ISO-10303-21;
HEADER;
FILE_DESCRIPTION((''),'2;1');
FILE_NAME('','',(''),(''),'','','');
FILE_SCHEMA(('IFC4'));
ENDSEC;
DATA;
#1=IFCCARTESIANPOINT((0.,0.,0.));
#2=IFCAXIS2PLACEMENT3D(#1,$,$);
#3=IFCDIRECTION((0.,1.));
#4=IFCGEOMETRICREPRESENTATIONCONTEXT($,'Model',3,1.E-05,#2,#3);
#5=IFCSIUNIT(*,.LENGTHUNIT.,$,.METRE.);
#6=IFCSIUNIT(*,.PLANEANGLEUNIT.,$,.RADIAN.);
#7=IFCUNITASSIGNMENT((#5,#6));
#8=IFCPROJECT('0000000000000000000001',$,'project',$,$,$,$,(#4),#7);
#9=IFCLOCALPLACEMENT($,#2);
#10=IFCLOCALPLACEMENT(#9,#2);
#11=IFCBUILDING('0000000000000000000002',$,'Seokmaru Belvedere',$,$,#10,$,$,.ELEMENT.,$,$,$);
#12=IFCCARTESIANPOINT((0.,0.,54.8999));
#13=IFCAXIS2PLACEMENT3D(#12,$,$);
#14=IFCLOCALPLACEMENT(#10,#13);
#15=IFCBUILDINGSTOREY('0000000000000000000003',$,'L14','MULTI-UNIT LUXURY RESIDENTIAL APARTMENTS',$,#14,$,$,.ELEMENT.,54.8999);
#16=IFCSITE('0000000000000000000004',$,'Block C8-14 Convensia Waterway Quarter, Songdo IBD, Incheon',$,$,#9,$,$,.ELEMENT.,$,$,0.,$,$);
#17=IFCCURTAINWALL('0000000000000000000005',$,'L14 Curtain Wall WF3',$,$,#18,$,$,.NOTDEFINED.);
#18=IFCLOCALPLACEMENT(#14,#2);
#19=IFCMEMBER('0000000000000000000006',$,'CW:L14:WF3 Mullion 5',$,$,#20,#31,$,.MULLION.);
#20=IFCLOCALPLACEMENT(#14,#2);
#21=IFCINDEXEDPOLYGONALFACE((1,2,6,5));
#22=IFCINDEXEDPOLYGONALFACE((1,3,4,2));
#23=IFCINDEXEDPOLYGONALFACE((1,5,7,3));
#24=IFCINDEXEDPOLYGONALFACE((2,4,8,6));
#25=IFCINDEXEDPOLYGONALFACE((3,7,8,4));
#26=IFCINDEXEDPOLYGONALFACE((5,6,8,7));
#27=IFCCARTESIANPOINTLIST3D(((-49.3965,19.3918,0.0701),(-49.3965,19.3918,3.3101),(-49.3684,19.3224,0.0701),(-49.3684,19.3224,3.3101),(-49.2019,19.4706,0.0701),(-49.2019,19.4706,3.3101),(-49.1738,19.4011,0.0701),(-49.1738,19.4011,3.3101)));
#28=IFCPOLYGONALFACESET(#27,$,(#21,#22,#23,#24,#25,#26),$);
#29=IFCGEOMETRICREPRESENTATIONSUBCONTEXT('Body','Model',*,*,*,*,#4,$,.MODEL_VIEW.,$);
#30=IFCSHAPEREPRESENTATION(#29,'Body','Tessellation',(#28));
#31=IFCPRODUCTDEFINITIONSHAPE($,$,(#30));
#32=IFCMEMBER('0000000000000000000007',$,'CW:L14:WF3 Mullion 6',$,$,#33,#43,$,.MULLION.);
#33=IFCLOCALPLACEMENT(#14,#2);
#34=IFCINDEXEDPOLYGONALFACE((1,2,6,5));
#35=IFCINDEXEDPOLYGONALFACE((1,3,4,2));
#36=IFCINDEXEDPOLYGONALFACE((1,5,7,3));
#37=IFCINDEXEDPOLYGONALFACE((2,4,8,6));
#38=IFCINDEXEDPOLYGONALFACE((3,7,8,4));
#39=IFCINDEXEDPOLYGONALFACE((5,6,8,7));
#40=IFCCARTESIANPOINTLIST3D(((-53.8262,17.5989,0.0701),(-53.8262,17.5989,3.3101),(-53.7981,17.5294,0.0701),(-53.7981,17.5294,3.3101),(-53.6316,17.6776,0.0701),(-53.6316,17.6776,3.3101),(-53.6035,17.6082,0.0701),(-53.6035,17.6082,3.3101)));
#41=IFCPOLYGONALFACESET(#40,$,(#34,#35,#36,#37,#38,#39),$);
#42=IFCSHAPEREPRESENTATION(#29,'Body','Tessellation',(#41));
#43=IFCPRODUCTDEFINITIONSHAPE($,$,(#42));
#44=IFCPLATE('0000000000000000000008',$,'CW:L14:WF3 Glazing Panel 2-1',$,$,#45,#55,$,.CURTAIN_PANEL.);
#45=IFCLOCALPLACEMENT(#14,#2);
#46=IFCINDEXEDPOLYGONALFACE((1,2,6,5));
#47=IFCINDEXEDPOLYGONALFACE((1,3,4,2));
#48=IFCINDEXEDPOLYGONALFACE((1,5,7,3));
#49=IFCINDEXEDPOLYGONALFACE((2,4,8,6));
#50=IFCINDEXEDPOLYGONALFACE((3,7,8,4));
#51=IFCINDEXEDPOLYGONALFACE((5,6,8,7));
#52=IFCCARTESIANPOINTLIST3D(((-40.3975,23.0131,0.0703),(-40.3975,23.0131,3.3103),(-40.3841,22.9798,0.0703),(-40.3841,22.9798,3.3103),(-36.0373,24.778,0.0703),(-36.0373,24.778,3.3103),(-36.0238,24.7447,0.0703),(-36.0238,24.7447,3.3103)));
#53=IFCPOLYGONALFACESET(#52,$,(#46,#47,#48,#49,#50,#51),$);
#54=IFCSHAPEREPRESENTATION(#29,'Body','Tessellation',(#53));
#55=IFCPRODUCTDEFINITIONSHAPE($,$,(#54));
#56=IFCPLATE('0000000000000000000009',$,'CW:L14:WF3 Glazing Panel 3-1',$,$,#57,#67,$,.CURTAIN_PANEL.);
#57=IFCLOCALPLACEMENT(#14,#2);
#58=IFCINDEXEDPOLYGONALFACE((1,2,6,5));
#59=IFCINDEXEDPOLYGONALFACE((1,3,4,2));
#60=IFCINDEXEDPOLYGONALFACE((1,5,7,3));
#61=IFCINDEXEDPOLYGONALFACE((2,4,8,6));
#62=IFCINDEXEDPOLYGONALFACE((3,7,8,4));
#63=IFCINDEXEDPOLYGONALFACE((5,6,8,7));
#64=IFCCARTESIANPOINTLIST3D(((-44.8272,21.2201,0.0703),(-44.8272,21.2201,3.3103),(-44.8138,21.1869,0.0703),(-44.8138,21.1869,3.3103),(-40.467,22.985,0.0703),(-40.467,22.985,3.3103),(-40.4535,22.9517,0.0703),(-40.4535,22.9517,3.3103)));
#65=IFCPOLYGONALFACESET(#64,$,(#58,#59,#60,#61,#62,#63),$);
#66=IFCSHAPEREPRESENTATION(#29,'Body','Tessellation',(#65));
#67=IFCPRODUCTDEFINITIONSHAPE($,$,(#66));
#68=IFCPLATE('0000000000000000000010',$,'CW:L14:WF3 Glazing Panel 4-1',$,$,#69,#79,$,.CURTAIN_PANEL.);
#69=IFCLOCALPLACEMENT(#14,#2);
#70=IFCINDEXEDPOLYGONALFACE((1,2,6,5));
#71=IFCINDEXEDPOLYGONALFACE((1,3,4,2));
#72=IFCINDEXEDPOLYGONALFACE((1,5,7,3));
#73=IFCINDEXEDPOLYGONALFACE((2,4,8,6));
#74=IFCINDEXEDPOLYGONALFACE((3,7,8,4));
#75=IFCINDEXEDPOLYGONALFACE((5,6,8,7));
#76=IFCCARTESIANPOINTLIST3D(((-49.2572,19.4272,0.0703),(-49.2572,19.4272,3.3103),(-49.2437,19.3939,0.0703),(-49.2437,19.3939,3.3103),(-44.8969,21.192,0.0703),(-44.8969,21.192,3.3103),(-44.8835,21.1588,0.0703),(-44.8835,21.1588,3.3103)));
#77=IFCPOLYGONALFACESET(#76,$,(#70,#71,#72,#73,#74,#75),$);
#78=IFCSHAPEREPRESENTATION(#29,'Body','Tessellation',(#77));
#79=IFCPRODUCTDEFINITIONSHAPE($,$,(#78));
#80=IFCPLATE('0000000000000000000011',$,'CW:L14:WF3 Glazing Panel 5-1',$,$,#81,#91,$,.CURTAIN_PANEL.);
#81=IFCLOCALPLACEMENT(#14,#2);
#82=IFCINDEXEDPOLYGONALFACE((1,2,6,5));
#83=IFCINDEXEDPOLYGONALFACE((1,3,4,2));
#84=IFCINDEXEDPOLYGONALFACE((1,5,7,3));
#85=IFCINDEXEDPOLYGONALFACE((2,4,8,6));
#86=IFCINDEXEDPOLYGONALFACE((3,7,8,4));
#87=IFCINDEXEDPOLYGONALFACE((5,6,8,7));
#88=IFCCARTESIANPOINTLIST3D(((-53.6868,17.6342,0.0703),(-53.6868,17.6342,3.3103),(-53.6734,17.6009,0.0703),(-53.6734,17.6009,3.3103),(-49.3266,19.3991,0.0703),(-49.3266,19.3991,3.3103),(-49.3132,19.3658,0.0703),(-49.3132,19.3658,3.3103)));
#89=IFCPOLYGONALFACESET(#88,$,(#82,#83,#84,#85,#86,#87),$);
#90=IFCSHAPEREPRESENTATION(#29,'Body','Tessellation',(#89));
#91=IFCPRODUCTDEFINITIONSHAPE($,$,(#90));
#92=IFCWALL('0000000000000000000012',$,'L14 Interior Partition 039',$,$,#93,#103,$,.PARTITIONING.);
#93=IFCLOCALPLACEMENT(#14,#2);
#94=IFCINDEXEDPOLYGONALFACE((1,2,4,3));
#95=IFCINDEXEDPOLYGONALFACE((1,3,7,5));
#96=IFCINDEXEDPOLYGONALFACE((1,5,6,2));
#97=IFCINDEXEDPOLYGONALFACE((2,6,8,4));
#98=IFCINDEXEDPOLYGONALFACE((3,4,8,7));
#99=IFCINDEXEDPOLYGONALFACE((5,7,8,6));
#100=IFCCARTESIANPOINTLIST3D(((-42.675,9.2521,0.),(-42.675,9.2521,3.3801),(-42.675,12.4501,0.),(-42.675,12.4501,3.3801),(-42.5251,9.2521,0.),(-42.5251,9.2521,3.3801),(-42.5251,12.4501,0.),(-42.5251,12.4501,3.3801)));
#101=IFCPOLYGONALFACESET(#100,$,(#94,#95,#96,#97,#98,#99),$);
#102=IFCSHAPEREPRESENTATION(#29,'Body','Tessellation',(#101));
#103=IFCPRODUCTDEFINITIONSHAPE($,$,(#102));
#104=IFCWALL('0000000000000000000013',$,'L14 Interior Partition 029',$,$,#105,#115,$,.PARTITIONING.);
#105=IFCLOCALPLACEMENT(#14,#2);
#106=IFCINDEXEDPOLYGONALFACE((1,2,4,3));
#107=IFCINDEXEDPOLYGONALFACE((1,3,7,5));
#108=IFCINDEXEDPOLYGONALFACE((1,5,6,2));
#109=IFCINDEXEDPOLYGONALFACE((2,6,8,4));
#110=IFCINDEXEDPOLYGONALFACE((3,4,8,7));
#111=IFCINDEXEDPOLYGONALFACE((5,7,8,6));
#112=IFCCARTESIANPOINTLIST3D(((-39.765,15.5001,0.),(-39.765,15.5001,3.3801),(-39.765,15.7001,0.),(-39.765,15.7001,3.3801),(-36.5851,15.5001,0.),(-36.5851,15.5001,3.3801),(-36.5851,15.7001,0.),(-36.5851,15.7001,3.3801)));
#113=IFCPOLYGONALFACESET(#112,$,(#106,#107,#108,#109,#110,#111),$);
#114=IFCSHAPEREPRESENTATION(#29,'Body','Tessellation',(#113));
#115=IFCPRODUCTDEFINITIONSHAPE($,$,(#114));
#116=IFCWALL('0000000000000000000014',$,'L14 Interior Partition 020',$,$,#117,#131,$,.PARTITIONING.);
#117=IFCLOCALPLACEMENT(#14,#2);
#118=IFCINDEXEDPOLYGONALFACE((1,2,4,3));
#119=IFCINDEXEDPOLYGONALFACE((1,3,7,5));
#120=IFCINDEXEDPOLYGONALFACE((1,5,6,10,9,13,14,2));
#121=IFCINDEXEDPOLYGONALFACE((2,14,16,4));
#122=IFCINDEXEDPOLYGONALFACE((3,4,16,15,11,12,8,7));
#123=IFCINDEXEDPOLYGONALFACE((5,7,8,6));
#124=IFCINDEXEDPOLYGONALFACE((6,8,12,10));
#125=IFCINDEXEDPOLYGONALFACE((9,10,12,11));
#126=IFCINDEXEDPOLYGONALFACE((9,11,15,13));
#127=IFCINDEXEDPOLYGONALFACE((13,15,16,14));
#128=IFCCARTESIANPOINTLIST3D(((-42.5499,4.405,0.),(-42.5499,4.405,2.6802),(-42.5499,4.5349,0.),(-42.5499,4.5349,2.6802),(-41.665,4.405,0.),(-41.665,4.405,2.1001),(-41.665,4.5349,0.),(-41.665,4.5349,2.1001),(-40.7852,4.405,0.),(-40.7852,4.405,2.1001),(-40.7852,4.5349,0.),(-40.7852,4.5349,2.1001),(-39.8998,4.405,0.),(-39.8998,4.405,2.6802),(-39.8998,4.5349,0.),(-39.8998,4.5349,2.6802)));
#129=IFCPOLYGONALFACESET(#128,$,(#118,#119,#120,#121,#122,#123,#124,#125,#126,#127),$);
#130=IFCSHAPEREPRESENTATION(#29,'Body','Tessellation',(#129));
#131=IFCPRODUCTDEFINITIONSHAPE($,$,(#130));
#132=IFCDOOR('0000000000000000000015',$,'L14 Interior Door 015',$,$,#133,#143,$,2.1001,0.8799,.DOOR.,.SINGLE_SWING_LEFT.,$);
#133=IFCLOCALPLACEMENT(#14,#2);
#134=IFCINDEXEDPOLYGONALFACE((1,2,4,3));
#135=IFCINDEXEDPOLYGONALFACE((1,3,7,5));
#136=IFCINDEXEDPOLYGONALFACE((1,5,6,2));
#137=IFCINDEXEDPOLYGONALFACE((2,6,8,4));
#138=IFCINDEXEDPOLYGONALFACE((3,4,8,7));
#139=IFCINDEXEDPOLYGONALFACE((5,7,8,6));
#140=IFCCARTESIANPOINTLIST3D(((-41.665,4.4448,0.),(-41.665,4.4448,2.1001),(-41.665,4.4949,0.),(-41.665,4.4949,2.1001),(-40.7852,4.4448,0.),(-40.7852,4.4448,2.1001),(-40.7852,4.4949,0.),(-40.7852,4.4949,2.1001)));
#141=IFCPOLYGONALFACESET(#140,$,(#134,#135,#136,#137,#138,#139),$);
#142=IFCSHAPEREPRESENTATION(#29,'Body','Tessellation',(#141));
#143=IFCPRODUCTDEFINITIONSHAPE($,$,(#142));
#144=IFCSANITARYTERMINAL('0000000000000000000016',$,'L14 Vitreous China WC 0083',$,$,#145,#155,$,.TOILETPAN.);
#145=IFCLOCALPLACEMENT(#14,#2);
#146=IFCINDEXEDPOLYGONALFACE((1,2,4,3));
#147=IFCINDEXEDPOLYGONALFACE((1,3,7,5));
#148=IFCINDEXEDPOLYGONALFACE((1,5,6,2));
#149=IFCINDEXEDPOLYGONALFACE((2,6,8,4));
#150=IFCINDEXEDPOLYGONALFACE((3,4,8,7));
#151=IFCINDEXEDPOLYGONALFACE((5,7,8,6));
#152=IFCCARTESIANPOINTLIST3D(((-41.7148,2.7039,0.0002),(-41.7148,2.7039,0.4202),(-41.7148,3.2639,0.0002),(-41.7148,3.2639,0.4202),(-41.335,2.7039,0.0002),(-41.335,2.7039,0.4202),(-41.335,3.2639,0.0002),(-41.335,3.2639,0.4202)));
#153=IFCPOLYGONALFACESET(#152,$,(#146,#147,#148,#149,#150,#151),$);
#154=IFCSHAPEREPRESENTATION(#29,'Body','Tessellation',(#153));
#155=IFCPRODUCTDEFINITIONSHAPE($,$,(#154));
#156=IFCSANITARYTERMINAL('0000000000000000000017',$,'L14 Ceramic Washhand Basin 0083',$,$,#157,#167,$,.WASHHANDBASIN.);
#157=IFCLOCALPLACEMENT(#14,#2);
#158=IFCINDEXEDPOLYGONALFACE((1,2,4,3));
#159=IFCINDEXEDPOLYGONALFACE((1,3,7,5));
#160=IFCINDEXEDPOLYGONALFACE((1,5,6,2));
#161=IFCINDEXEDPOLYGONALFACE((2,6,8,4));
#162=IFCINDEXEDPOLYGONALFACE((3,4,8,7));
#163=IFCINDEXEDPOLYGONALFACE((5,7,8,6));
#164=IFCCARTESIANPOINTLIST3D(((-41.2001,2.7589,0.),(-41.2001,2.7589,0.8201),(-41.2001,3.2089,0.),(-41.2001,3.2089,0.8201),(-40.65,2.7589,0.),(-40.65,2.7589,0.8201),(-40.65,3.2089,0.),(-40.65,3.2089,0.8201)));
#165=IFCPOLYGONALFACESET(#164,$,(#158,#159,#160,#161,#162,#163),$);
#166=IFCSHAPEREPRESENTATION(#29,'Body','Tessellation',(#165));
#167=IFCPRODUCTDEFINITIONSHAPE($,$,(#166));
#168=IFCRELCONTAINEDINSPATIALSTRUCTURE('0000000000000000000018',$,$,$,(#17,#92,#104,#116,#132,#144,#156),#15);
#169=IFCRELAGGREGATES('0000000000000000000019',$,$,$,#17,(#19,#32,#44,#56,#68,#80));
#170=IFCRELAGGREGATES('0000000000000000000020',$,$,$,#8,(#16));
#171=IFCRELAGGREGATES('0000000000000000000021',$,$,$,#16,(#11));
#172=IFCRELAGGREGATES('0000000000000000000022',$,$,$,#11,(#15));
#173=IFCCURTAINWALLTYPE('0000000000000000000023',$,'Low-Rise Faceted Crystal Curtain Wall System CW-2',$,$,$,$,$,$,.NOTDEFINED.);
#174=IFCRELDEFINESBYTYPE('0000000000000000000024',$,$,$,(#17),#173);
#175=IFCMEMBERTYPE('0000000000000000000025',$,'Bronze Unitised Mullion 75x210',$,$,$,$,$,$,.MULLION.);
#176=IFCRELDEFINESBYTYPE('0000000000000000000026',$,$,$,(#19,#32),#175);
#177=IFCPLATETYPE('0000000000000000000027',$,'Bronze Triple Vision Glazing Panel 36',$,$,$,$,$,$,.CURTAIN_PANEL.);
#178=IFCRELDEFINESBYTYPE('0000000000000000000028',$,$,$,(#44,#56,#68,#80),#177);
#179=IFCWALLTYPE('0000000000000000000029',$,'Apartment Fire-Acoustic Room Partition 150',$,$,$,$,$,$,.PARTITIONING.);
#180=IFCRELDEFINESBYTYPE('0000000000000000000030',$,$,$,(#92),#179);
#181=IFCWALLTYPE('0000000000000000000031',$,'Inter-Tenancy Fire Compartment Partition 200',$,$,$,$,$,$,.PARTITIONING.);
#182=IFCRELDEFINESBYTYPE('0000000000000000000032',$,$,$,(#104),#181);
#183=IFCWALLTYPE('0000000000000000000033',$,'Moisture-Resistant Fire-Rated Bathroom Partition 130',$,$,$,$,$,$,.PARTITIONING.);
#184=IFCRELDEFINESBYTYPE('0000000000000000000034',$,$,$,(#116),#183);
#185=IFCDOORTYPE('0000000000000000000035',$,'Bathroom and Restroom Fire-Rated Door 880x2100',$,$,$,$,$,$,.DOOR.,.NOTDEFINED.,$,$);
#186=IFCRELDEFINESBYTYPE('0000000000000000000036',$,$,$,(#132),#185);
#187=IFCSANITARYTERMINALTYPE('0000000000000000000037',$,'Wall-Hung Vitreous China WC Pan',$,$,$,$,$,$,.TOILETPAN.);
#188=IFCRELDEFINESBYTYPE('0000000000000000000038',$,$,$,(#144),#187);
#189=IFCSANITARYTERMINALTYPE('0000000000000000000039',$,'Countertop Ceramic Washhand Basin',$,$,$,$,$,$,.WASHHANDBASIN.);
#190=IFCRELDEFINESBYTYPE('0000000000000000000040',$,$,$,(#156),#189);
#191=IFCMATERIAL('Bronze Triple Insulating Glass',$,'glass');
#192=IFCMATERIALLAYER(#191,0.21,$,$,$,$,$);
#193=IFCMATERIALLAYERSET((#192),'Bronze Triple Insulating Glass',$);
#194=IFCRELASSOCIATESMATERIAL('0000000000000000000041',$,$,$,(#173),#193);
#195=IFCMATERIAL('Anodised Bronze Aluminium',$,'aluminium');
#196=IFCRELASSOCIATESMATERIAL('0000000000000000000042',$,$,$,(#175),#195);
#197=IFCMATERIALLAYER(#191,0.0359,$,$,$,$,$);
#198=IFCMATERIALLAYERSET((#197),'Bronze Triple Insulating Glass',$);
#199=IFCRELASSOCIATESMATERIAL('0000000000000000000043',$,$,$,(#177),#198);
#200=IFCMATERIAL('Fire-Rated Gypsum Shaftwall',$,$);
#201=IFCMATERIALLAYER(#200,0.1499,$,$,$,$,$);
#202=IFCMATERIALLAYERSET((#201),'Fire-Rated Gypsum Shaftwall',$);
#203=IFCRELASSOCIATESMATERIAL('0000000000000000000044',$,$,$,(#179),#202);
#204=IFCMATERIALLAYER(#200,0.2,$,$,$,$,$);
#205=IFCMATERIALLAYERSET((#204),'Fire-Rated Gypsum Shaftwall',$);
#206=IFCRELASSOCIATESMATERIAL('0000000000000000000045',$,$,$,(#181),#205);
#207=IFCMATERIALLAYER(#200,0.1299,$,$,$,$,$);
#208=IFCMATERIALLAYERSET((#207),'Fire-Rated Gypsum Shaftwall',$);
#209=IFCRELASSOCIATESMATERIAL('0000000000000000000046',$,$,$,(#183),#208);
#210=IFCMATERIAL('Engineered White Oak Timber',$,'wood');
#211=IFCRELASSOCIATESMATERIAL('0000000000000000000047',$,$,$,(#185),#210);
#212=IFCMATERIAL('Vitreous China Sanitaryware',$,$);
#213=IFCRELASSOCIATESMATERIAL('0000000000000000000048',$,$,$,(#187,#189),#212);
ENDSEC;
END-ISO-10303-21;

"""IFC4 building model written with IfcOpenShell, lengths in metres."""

from ifc_helpers import new_model, si_unit, direction, frame, frame_2d, origin, origin_2d, place, context, subcontext, project, spatial, rectangle, extrude, source, transform, mapped, material, layer, layer_set, material_profile, profile_set, type_object, type_shapes, element, fill, aggregate, save


model = new_model("IFC4")

# Units and contexts
model_context = context("Model", 3, precision=1e-05, world=origin(), true_north=direction((0.0, 1.0)))
body_context = subcontext(model_context, "Body", "Model", "MODEL_VIEW")
ifc_project = project(units=[si_unit("LENGTHUNIT", "METRE"), si_unit("PLANEANGLEUNIT", "RADIAN")], contexts=[model_context])

# Site, building, storey
site_placement = place(None, origin())
site = spatial("IfcSite", under=ifc_project, at=site_placement, Name="Block C8-14 Convensia Waterway Quarter, Songdo IBD, Incheon", CompositionType="ELEMENT", RefElevation=0.0)
building_placement = place(site_placement, origin())
building = spatial("IfcBuilding", under=site, at=building_placement, Name="Seokmaru Belvedere", CompositionType="ELEMENT")
storey_placement = place(building_placement, frame((0.0, 0.0, 54.8999)))
storey = spatial("IfcBuildingStorey", under=building, at=storey_placement, Name="L14", Description="MULTI-UNIT LUXURY RESIDENTIAL APARTMENTS", CompositionType="ELEMENT", Elevation=54.8999)

# Curtain wall, members, plates
ifc_material_1 = material(Name="Bronze Triple Insulating Glass", Category="glass")
ifc_layer_1 = layer(ifc_material_1, 0.21)
ifc_layer_set_1 = layer_set([ifc_layer_1], Name="Bronze Triple Insulating Glass")
curtain_wall_type = type_object("IfcCurtainWallType", Name="Low-Rise Faceted Crystal Curtain Wall System CW-2", PredefinedType="NOTDEFINED", material=ifc_layer_set_1)
curtain_wall_placement = place(storey_placement, origin())
curtain_wall = element("IfcCurtainWall", 1, at=curtain_wall_placement, inside=storey, type_object=curtain_wall_type, Name="L14 Curtain Wall WF3", PredefinedType="NOTDEFINED")
ifc_material_2 = material(Name="Anodised Bronze Aluminium", Category="aluminium")
ifc_material_profile_1 = material_profile(ifc_material_2, rectangle(XDim=0.075, YDim=0.21, at=origin_2d()), Name="CW-M-75x210")
ifc_profile_set_1 = profile_set([ifc_material_profile_1], Name="Anodised Bronze Aluminium")
member_type = type_object("IfcMemberType", Name="Bronze Unitised Mullion 75x210", PredefinedType="MULLION", material=ifc_profile_set_1)
shared_shape_1 = source(origin(), body_context, "Body", "SweptSolid", [
    extrude(rectangle(XDim=0.075, YDim=0.21, at=origin_2d()), origin(), (0.0, 0.0, 1.0), 3.24),
])
type_shapes(member_type, [shared_shape_1])
member_1_placement = place(storey_placement, frame((-49.2852, 19.3965, 0.0701), z_axis=(0.0, 0.0, 1.0), x_axis=(0.375192, -0.926947, 0.0)))
member_1 = element("IfcMember", 2, at=member_1_placement, type_object=member_type, Name="CW:L14:WF3 Mullion 5", PredefinedType="MULLION", context=body_context, shape_type="MappedRepresentation", body=[
    mapped(shared_shape_1, transform((0.0, 0.0, 0.0), scale=1.0)),
])
member_2_placement = place(storey_placement, frame((-53.7148, 17.6035, 0.0701), z_axis=(0.0, 0.0, 1.0), x_axis=(0.375192, -0.926947, 0.0)))
member_2 = element("IfcMember", 3, at=member_2_placement, type_object=member_type, Name="CW:L14:WF3 Mullion 6", PredefinedType="MULLION", context=body_context, shape_type="MappedRepresentation", body=[
    mapped(shared_shape_1, transform((0.0, 0.0, 0.0), scale=1.0)),
])
ifc_layer_2 = layer(ifc_material_1, 0.0359)
ifc_layer_set_2 = layer_set([ifc_layer_2], Name="Bronze Triple Insulating Glass")
plate_type = type_object("IfcPlateType", Name="Bronze Triple Vision Glazing Panel 36", PredefinedType="CURTAIN_PANEL", material=ifc_layer_set_2)
shared_shape_2 = source(origin(), body_context, "Body", "SweptSolid", [
    extrude(rectangle(XDim=4.7039, YDim=0.0359, at=origin_2d()), origin(), (0.0, 0.0, 1.0), 3.24),
])
type_shapes(plate_type, [shared_shape_2])
plate_1_placement = place(storey_placement, frame((-38.2107, 23.8789, 0.0703), z_axis=(0.0, 0.0, 1.0), x_axis=(-0.926947, -0.375192, 0.0)))
plate_1 = element("IfcPlate", 4, at=plate_1_placement, type_object=plate_type, Name="CW:L14:WF3 Glazing Panel 2-1", PredefinedType="CURTAIN_PANEL", context=body_context, shape_type="MappedRepresentation", body=[
    mapped(shared_shape_2, transform((0.0, 0.0, 0.0), scale=1.0)),
])
plate_2_placement = place(storey_placement, frame((-42.6404, 22.0859, 0.0703), z_axis=(0.0, 0.0, 1.0), x_axis=(-0.926947, -0.375192, 0.0)))
plate_2 = element("IfcPlate", 5, at=plate_2_placement, type_object=plate_type, Name="CW:L14:WF3 Glazing Panel 3-1", PredefinedType="CURTAIN_PANEL", context=body_context, shape_type="MappedRepresentation", body=[
    mapped(shared_shape_2, transform((0.0, 0.0, 0.0), scale=1.0)),
])
plate_3_placement = place(storey_placement, frame((-47.0703, 20.293, 0.0703), z_axis=(0.0, 0.0, 1.0), x_axis=(-0.926947, -0.375192, 0.0)))
plate_3 = element("IfcPlate", 6, at=plate_3_placement, type_object=plate_type, Name="CW:L14:WF3 Glazing Panel 4-1", PredefinedType="CURTAIN_PANEL", context=body_context, shape_type="MappedRepresentation", body=[
    mapped(shared_shape_2, transform((0.0, 0.0, 0.0), scale=1.0)),
])
plate_4_placement = place(storey_placement, frame((-51.5, 18.5, 0.0703), z_axis=(0.0, 0.0, 1.0), x_axis=(-0.926947, -0.375192, 0.0)))
plate_4 = element("IfcPlate", 7, at=plate_4_placement, type_object=plate_type, Name="CW:L14:WF3 Glazing Panel 5-1", PredefinedType="CURTAIN_PANEL", context=body_context, shape_type="MappedRepresentation", body=[
    mapped(shared_shape_2, transform((0.0, 0.0, 0.0), scale=1.0)),
])
aggregate(curtain_wall, [member_1, member_2, plate_1, plate_2, plate_3, plate_4])

# Shared definitions
ifc_material_3 = material(Name="Fire-Rated Gypsum Shaftwall")
ifc_layer_3 = layer(ifc_material_3, 0.1499)
ifc_layer_set_3 = layer_set([ifc_layer_3], Name="Fire-Rated Gypsum Shaftwall")
wall_type_1 = type_object("IfcWallType", Name="Apartment Fire-Acoustic Room Partition 150", PredefinedType="PARTITIONING", material=ifc_layer_set_3)

# Walls
wall_1_placement = place(storey_placement, frame((-42.6001, 9.252, 0.0), z_axis=(0.0, 0.0, 1.0), x_axis=(0.0, 1.0, 0.0)))
element("IfcWall", 8, at=wall_1_placement, inside=storey, type_object=wall_type_1, Name="L14 Interior Partition 039", PredefinedType="PARTITIONING", context=body_context, shape_type="SweptSolid", body=[
    extrude(rectangle(XDim=3.198, YDim=0.1499, at=frame_2d((1.5991, 0.0))), origin(), (0.0, 0.0, 1.0), 3.3801),
])
ifc_layer_4 = layer(ifc_material_3, 0.2)
ifc_layer_set_4 = layer_set([ifc_layer_4], Name="Fire-Rated Gypsum Shaftwall")
wall_type_2 = type_object("IfcWallType", Name="Inter-Tenancy Fire Compartment Partition 200", PredefinedType="PARTITIONING", material=ifc_layer_set_4)
wall_2_placement = place(storey_placement, frame((-39.7649, 15.6001, 0.0), z_axis=(0.0, 0.0, 1.0), x_axis=(1.0, 0.0, 0.0)))
element("IfcWall", 9, at=wall_2_placement, inside=storey, type_object=wall_type_2, Name="L14 Interior Partition 029", PredefinedType="PARTITIONING", context=body_context, shape_type="SweptSolid", body=[
    extrude(rectangle(XDim=3.1799, YDim=0.2, at=frame_2d((1.5898, 0.0))), origin(), (0.0, 0.0, 1.0), 3.3801),
])

# Wall, opening, door
ifc_layer_5 = layer(ifc_material_3, 0.1299)
ifc_layer_set_5 = layer_set([ifc_layer_5], Name="Fire-Rated Gypsum Shaftwall")
wall_type_3 = type_object("IfcWallType", Name="Moisture-Resistant Fire-Rated Bathroom Partition 130", PredefinedType="PARTITIONING", material=ifc_layer_set_5)
wall_3_placement = place(storey_placement, frame((-42.55, 4.47, 0.0), z_axis=(0.0, 0.0, 1.0), x_axis=(1.0, 0.0, 0.0)))
wall_3 = element("IfcWall", 10, at=wall_3_placement, inside=storey, type_object=wall_type_3, Name="L14 Interior Partition 020", PredefinedType="PARTITIONING", context=body_context, shape_type="SweptSolid", body=[
    extrude(rectangle(XDim=2.6501, YDim=0.1299, at=frame_2d((1.3252, 0.0))), origin(), (0.0, 0.0, 1.0), 2.6802),
])
opening_1_placement = place(wall_3_placement, frame((0.885, 0.0, 0.0)))
opening_1 = element("IfcOpeningElement", 11, at=opening_1_placement, cuts=wall_3, PredefinedType="OPENING", context=body_context, shape_type="SweptSolid", body=[
    extrude(rectangle(XDim=0.8799, YDim=2.1001, at=frame_2d((0.4399, 1.05))), frame((0.0, 0.075, 0.0), z_axis=(0.0, -1.0, 0.0), x_axis=(1.0, 0.0, 0.0)), (0.0, 0.0, 1.0), 0.1499),
])
ifc_material_4 = material(Name="Engineered White Oak Timber", Category="wood")
door_type = type_object("IfcDoorType", Name="Bathroom and Restroom Fire-Rated Door 880x2100", OperationType="NOTDEFINED", PredefinedType="DOOR", material=ifc_material_4)
shared_shape_3 = source(origin(), body_context, "Body", "SweptSolid", [
    extrude(rectangle(XDim=0.8799, YDim=2.1001, at=frame_2d((0.4399, 1.05))), frame((0.0, 0.0249, 0.0), z_axis=(0.0, -1.0, 0.0), x_axis=(1.0, 0.0, 0.0)), (0.0, 0.0, 1.0), 0.05),
])
type_shapes(door_type, [shared_shape_3])
door_placement = place(opening_1_placement, origin())
door = element("IfcDoor", 12, at=door_placement, inside=storey, type_object=door_type, Name="L14 Interior Door 015", OperationType="SINGLE_SWING_LEFT", OverallHeight=2.1001, OverallWidth=0.8799, PredefinedType="DOOR", context=body_context, shape_type="MappedRepresentation", body=[
    mapped(shared_shape_3, transform((0.0, 0.0, 0.0), scale=1.0)),
])
fill(opening_1, door)

# Sanitary terminals
ifc_material_5 = material(Name="Vitreous China Sanitaryware")
sanitary_terminal_type_1 = type_object("IfcSanitaryTerminalType", Name="Wall-Hung Vitreous China WC Pan", PredefinedType="TOILETPAN", material=ifc_material_5)
shared_shape_4 = source(origin(), body_context, "Body", "SweptSolid", [
    extrude(rectangle(XDim=0.3799, YDim=0.5601, at=origin_2d()), origin(), (0.0, 0.0, 1.0), 0.4199),
])
type_shapes(sanitary_terminal_type_1, [shared_shape_4])
sanitary_terminal_1_placement = place(storey_placement, frame((-41.5249, 2.9839, 0.0002), z_axis=(0.0, 0.0, 1.0), x_axis=(1.0, 0.0, 0.0)))
element("IfcSanitaryTerminal", 13, at=sanitary_terminal_1_placement, inside=storey, type_object=sanitary_terminal_type_1, Name="L14 Vitreous China WC 0083", PredefinedType="TOILETPAN", context=body_context, shape_type="MappedRepresentation", body=[
    mapped(shared_shape_4, transform((0.0, 0.0, 0.0), scale=1.0)),
])
sanitary_terminal_type_2 = type_object("IfcSanitaryTerminalType", Name="Countertop Ceramic Washhand Basin", PredefinedType="WASHHANDBASIN", material=ifc_material_5)
shared_shape_5 = source(origin(), body_context, "Body", "SweptSolid", [
    extrude(rectangle(XDim=0.55, YDim=0.45, at=origin_2d()), origin(), (0.0, 0.0, 1.0), 0.8201),
])
type_shapes(sanitary_terminal_type_2, [shared_shape_5])
sanitary_terminal_2_placement = place(storey_placement, frame((-40.925, 2.9839, 0.0), z_axis=(0.0, 0.0, 1.0), x_axis=(1.0, 0.0, 0.0)))
element("IfcSanitaryTerminal", 14, at=sanitary_terminal_2_placement, inside=storey, type_object=sanitary_terminal_type_2, Name="L14 Ceramic Washhand Basin 0083", PredefinedType="WASHHANDBASIN", context=body_context, shape_type="MappedRepresentation", body=[
    mapped(shared_shape_5, transform((0.0, 0.0, 0.0), scale=1.0)),
])

save(model, "model.ifc")
